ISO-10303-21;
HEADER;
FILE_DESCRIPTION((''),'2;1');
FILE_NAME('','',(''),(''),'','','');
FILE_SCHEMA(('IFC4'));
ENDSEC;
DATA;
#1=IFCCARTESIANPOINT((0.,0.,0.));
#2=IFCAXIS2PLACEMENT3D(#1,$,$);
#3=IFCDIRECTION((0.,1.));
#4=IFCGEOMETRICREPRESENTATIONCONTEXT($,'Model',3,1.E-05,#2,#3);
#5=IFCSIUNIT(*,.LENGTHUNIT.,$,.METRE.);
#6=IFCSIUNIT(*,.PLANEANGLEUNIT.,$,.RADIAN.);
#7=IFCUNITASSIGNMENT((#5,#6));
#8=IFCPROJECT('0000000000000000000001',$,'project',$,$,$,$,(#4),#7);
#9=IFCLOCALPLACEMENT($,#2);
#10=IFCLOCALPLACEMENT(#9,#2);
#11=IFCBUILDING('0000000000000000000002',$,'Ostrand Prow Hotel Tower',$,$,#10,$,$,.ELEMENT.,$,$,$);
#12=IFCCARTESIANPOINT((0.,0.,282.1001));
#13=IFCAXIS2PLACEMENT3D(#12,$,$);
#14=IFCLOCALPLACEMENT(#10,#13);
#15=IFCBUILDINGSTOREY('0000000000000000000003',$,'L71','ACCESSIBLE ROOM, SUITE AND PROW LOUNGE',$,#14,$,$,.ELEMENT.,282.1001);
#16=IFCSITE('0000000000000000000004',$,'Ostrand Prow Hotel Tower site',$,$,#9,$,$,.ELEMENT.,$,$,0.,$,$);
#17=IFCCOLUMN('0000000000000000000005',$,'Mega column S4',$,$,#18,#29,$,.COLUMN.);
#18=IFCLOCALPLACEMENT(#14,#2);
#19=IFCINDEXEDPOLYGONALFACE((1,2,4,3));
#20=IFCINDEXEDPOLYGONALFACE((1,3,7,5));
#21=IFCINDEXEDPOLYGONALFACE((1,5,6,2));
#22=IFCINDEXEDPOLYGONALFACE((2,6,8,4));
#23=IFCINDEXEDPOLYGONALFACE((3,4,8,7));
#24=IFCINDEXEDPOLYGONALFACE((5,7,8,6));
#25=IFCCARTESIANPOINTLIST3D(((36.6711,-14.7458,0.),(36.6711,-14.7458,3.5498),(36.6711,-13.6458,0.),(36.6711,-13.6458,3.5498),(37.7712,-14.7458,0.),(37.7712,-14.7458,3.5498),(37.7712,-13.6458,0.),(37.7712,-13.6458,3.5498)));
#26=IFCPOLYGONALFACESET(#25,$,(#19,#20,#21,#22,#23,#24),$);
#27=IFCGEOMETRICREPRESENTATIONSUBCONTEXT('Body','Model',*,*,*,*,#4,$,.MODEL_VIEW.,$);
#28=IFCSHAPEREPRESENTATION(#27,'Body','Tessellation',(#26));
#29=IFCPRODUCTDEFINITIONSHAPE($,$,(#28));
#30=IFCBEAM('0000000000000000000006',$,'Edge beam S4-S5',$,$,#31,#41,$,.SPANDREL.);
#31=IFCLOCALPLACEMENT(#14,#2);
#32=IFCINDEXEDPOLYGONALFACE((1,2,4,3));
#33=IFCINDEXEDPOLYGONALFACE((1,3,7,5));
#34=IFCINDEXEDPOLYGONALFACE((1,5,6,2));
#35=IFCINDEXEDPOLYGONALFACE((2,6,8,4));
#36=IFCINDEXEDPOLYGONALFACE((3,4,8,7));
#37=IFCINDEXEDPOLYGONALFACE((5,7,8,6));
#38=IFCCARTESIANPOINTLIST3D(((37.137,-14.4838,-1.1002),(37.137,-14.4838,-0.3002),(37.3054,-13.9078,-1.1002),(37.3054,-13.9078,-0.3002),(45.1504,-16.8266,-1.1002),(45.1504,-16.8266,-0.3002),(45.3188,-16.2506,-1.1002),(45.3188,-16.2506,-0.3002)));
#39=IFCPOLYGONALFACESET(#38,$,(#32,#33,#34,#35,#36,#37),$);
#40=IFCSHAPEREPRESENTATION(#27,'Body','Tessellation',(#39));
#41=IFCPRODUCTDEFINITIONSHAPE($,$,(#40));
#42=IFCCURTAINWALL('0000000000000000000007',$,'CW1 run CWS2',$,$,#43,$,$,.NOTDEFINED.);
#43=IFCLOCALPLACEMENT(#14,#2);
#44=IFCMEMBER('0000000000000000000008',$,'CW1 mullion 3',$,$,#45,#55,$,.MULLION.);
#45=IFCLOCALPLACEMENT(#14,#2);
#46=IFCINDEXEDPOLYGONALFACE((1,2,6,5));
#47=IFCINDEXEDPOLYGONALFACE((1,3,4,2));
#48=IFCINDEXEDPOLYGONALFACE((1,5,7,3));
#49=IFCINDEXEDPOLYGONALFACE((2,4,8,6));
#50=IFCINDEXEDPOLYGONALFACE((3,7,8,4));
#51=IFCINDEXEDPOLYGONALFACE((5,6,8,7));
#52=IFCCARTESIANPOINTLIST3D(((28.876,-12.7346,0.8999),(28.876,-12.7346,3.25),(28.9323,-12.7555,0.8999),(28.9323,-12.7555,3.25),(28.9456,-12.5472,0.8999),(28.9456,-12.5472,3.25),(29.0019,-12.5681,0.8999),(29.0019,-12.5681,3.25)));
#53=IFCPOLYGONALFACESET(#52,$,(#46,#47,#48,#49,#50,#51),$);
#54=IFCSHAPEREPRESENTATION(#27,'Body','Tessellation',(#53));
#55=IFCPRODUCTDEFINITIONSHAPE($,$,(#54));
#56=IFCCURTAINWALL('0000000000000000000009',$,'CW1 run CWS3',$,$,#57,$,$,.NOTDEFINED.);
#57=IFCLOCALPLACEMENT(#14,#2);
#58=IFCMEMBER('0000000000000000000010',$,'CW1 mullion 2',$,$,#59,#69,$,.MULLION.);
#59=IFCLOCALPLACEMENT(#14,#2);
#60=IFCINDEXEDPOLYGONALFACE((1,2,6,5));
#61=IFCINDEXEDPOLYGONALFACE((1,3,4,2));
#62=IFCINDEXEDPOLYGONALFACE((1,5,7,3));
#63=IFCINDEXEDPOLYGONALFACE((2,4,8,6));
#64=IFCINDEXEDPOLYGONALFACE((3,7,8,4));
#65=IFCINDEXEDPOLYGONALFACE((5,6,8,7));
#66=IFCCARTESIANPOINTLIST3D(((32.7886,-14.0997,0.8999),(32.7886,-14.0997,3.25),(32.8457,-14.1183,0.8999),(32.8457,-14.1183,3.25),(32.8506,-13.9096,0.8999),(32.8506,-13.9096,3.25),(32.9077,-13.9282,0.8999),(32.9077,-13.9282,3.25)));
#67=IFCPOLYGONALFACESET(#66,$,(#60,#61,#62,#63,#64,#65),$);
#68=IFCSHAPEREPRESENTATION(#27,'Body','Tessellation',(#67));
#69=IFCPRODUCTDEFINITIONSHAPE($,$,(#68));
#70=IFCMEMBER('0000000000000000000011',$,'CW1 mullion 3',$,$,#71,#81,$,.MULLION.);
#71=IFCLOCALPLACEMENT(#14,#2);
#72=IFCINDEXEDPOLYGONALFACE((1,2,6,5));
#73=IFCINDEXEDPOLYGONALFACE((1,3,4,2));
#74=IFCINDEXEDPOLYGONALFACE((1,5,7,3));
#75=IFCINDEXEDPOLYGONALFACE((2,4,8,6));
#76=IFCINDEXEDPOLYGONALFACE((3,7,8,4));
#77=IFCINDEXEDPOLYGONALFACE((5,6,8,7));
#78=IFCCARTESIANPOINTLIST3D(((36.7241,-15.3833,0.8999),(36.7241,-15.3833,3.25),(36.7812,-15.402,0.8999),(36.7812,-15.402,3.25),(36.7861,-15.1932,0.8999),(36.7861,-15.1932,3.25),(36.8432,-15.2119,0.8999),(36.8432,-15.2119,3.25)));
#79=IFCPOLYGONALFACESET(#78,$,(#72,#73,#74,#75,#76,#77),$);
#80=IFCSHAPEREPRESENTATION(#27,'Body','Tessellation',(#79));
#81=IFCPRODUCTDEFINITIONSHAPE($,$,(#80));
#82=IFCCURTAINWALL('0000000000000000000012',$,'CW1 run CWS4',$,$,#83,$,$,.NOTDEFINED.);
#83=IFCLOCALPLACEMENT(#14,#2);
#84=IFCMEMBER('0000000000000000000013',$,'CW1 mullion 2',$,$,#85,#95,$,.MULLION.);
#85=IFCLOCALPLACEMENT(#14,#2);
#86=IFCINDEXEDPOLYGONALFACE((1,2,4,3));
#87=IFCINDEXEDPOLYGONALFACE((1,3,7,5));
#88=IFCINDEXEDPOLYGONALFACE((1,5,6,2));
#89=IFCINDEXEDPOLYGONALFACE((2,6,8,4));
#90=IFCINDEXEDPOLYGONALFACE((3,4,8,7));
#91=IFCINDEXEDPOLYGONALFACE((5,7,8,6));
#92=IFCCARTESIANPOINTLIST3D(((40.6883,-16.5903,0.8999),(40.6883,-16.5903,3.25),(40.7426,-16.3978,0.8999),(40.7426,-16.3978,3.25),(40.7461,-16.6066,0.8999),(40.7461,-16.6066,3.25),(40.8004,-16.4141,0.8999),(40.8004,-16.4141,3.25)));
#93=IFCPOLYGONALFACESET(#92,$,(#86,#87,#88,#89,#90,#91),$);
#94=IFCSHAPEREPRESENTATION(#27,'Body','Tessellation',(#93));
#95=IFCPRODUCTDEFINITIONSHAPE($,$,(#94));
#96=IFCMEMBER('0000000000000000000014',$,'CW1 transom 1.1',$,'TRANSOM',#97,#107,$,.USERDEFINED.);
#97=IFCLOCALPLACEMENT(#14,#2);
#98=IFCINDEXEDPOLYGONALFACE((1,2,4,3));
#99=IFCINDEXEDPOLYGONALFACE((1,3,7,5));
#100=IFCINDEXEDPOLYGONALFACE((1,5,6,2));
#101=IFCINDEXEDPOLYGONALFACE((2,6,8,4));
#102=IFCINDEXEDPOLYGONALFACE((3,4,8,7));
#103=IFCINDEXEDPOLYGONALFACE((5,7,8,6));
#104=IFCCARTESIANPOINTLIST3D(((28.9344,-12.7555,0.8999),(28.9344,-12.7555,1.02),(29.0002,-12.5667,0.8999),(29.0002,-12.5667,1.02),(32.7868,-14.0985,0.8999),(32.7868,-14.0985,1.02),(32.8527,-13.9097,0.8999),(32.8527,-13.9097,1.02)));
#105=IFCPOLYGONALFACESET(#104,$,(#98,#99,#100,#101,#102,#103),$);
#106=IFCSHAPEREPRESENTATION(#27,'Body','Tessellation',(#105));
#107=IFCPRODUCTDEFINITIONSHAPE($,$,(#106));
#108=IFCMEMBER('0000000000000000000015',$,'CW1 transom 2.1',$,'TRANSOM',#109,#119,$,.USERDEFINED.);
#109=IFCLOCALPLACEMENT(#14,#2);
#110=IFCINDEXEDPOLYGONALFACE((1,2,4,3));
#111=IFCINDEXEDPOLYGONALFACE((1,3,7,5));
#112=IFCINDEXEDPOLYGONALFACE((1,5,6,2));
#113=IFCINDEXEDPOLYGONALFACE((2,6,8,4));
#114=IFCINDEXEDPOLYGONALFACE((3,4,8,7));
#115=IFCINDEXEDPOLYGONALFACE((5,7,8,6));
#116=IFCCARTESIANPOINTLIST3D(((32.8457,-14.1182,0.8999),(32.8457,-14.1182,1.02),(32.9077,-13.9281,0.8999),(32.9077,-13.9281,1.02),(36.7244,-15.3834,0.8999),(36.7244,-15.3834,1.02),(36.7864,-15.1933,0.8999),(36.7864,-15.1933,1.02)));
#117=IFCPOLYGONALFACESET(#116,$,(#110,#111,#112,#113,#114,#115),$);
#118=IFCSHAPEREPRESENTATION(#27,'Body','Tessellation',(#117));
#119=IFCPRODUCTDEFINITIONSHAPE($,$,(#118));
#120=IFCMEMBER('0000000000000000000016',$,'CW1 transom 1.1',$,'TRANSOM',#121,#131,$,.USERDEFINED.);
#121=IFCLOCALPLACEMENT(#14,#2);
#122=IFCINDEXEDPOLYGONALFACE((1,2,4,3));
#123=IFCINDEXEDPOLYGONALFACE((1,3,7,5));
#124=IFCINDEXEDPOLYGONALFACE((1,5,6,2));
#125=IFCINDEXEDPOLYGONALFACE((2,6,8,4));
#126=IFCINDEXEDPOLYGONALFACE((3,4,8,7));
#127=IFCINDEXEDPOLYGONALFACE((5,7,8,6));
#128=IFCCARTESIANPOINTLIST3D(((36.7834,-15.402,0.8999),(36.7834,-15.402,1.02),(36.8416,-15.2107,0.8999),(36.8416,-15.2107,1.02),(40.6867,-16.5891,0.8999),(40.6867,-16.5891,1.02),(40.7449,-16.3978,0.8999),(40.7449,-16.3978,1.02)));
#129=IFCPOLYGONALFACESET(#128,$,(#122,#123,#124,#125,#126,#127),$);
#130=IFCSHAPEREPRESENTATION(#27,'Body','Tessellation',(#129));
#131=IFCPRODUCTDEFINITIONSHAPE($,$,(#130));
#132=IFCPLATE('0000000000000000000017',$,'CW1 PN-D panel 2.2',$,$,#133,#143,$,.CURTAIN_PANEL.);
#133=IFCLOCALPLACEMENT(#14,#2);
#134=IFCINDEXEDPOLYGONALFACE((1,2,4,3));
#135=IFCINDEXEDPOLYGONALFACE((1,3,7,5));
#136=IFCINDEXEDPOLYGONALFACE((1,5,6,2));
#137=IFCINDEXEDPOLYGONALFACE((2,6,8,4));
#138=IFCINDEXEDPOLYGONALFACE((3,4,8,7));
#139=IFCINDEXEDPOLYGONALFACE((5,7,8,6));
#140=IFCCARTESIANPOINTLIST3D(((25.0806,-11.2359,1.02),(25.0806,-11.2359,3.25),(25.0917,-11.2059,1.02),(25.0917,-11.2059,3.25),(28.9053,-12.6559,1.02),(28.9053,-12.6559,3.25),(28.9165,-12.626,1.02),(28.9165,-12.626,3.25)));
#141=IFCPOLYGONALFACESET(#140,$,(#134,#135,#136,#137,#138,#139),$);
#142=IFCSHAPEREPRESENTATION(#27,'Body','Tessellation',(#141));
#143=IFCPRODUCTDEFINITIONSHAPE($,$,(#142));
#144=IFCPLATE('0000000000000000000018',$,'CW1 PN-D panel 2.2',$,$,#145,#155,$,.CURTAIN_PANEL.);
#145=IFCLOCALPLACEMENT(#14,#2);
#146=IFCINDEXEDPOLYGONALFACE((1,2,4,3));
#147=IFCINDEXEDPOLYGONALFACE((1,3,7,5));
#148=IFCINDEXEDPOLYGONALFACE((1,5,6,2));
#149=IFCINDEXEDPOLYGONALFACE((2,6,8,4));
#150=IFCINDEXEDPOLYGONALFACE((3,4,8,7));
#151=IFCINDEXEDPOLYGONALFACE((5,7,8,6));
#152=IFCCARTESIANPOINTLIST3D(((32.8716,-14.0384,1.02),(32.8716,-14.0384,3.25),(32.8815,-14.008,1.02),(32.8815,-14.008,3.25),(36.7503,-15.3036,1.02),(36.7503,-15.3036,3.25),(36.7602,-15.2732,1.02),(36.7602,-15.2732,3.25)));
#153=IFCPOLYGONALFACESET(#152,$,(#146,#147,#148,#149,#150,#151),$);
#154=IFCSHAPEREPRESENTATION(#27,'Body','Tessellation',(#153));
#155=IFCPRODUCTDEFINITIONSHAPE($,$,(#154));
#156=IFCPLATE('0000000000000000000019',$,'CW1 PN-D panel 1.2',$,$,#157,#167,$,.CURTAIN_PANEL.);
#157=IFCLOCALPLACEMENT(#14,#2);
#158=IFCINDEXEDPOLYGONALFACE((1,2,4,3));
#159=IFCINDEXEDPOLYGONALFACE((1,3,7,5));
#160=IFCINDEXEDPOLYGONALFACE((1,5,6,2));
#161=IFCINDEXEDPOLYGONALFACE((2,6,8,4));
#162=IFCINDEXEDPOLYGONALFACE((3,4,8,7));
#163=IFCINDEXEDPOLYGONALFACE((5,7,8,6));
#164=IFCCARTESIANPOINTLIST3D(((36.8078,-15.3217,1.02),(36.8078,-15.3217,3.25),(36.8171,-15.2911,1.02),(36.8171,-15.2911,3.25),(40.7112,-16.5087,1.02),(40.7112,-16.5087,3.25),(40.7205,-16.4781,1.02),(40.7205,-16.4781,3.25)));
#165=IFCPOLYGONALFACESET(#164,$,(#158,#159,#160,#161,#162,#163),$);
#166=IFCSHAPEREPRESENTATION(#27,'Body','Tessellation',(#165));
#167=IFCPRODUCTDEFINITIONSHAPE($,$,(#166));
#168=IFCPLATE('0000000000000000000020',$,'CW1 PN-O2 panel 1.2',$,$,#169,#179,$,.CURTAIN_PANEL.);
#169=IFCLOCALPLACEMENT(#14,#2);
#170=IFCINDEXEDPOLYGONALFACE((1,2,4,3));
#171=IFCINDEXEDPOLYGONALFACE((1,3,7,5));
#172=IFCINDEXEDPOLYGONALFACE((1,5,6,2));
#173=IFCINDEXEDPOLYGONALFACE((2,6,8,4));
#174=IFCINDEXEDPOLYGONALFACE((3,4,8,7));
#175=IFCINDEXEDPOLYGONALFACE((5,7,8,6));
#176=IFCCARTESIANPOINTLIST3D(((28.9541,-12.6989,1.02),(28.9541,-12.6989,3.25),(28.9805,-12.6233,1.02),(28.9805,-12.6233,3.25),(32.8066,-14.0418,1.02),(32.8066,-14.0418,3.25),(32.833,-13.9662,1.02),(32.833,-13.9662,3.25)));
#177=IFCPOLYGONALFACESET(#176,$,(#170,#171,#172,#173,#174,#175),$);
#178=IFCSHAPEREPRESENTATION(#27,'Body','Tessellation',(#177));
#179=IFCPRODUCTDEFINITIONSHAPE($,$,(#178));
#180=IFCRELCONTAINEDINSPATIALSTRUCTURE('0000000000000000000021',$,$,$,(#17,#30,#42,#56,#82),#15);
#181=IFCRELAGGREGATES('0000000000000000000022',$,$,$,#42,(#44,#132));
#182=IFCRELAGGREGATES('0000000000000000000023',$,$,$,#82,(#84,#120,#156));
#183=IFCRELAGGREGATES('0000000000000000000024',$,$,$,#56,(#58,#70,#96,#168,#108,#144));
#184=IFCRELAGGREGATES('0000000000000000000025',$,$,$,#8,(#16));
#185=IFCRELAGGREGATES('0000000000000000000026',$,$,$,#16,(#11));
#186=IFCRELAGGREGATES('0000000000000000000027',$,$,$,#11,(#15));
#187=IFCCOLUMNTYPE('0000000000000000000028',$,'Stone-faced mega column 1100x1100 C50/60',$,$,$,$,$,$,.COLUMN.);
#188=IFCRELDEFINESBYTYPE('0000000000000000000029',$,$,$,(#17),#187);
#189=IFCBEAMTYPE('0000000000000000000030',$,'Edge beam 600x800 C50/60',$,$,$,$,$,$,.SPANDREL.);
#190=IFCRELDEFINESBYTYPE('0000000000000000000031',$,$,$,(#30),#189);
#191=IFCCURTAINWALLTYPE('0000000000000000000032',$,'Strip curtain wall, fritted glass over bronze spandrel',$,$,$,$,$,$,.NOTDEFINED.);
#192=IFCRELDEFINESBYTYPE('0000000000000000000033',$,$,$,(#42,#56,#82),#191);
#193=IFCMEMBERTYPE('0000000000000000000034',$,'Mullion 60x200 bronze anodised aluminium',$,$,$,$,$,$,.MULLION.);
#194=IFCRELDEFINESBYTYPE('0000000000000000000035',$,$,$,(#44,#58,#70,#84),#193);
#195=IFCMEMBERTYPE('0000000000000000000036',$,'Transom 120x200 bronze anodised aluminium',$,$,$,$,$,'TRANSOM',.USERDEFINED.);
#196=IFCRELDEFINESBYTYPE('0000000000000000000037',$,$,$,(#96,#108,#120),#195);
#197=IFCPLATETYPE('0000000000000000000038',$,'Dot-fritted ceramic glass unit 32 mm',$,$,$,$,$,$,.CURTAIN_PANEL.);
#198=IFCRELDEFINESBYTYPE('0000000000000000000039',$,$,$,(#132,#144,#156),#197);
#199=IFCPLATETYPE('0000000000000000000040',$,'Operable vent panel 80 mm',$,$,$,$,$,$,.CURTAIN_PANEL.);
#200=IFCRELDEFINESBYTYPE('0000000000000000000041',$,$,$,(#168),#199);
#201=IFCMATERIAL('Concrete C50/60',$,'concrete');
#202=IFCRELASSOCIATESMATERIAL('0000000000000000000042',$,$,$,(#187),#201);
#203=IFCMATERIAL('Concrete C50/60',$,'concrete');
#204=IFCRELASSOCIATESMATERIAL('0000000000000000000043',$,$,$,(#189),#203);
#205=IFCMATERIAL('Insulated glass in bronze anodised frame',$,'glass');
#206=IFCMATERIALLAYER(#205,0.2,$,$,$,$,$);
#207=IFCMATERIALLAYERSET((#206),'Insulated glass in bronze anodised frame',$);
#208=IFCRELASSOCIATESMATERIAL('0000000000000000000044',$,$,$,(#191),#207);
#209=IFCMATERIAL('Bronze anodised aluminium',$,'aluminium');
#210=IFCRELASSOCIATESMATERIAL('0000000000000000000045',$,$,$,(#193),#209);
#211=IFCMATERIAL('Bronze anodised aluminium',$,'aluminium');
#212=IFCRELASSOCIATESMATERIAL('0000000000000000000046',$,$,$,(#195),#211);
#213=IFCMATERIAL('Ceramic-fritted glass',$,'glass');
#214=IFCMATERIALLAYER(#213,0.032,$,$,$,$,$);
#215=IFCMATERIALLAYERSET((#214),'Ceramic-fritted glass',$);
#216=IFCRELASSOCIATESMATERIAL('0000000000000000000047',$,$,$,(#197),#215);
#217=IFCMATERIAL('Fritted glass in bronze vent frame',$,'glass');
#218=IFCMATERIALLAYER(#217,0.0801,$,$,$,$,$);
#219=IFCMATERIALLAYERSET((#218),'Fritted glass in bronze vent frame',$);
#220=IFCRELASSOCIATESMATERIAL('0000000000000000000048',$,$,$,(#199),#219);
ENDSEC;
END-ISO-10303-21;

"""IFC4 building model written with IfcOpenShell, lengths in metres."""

from ifc_helpers import new_model, si_unit, direction, frame, origin, origin_2d, place, context, subcontext, project, spatial, rectangle, extrude, material, layer, layer_set, material_profile, profile_set, type_object, element, aggregate, save


model = new_model("IFC4")

# Units and contexts
model_context = context("Model", 3, precision=1e-05, world=origin(), true_north=direction((0.0, 1.0)))
body_context = subcontext(model_context, "Body", "Model", "MODEL_VIEW")
ifc_project = project(units=[si_unit("LENGTHUNIT", "METRE"), si_unit("PLANEANGLEUNIT", "RADIAN")], contexts=[model_context])

# Site, building, storey
site_placement = place(None, origin())
site = spatial("IfcSite", under=ifc_project, at=site_placement, Name="Ostrand Prow Hotel Tower site", CompositionType="ELEMENT", RefElevation=0.0)
building_placement = place(site_placement, origin())
building = spatial("IfcBuilding", under=site, at=building_placement, Name="Ostrand Prow Hotel Tower", CompositionType="ELEMENT")
storey_placement = place(building_placement, frame((0.0, 0.0, 282.1001)))
storey = spatial("IfcBuildingStorey", under=building, at=storey_placement, Name="L71", Description="ACCESSIBLE ROOM, SUITE AND PROW LOUNGE", CompositionType="ELEMENT", Elevation=282.1001)

# Column
ifc_material_1 = material(Name="Concrete C50/60", Category="concrete")
ifc_material_profile_1 = material_profile(ifc_material_1, rectangle(XDim=1.1001, YDim=1.1001, at=origin_2d()), Name="RC 1100x1100")
ifc_profile_set_1 = profile_set([ifc_material_profile_1], Name="Concrete C50/60")
column_type = type_object("IfcColumnType", Name="Stone-faced mega column 1100x1100 C50/60", PredefinedType="COLUMN", material=ifc_profile_set_1)
column_placement = place(storey_placement, frame((37.2212, -14.1958, 0.0), z_axis=(0.0, 0.0, 1.0), x_axis=(1.0, 0.0, 0.0)))
element("IfcColumn", 1, at=column_placement, inside=storey, type_object=column_type, Name="Mega column S4", PredefinedType="COLUMN", context=body_context, shape_type="SweptSolid", body=[
    extrude(rectangle(XDim=1.1001, YDim=1.1001, at=origin_2d()), origin(), (0.0, 0.0, 1.0), 3.5498),
])

# Beam
ifc_material_2 = material(Name="Concrete C50/60", Category="concrete")
ifc_material_profile_2 = material_profile(ifc_material_2, rectangle(XDim=0.6001, YDim=0.8, at=origin_2d()), Name="RC 600x800")
ifc_profile_set_2 = profile_set([ifc_material_profile_2], Name="Concrete C50/60")
beam_type = type_object("IfcBeamType", Name="Edge beam 600x800 C50/60", PredefinedType="SPANDREL", material=ifc_profile_set_2)
beam_placement = place(storey_placement, frame((37.2212, -14.1958, -0.7002), z_axis=(0.959822, -0.28061, 0.0), x_axis=(0.28061, 0.959822, 0.0)))
element("IfcBeam", 2, at=beam_placement, inside=storey, type_object=beam_type, Name="Edge beam S4-S5", PredefinedType="SPANDREL", context=body_context, shape_type="SweptSolid", body=[
    extrude(rectangle(XDim=0.6001, YDim=0.8, at=origin_2d()), origin(), (0.0, 0.0, 1.0), 8.3489),
])

# Curtain wall, member
ifc_material_3 = material(Name="Insulated glass in bronze anodised frame", Category="glass")
ifc_layer_1 = layer(ifc_material_3, 0.2)
ifc_layer_set_1 = layer_set([ifc_layer_1], Name="Insulated glass in bronze anodised frame")
curtain_wall_type = type_object("IfcCurtainWallType", Name="Strip curtain wall, fritted glass over bronze spandrel", PredefinedType="NOTDEFINED", material=ifc_layer_set_1)
curtain_wall_1_placement = place(storey_placement, origin())
curtain_wall_1 = element("IfcCurtainWall", 3, at=curtain_wall_1_placement, inside=storey, type_object=curtain_wall_type, Name="CW1 run CWS2", PredefinedType="NOTDEFINED")
ifc_material_4 = material(Name="Bronze anodised aluminium", Category="aluminium")
ifc_material_profile_3 = material_profile(ifc_material_4, rectangle(XDim=0.2, YDim=0.0601, at=origin_2d()), Name="Mullion 60x200 bronze anodised aluminium")
ifc_profile_set_3 = profile_set([ifc_material_profile_3], Name="Bronze anodised aluminium")
member_type_1 = type_object("IfcMemberType", Name="Mullion 60x200 bronze anodised aluminium", PredefinedType="MULLION", material=ifc_profile_set_3)
member_1_placement = place(storey_placement, frame((28.939, -12.6514, 0.8999), z_axis=(0.0, 0.0, 1.0), x_axis=(0.348071, 0.937468, 0.0)))
member_1 = element("IfcMember", 4, at=member_1_placement, type_object=member_type_1, Name="CW1 mullion 3", PredefinedType="MULLION", context=body_context, shape_type="SweptSolid", body=[
    extrude(rectangle(XDim=0.2, YDim=0.0601, at=origin_2d()), origin(), (0.0, 0.0, 1.0), 2.3501),
])

# Curtain wall, members
curtain_wall_2_placement = place(storey_placement, origin())
curtain_wall_2 = element("IfcCurtainWall", 5, at=curtain_wall_2_placement, inside=storey, type_object=curtain_wall_type, Name="CW1 run CWS3", PredefinedType="NOTDEFINED")
member_2_placement = place(storey_placement, frame((32.8481, -14.0139, 0.8999), z_axis=(0.0, 0.0, 1.0), x_axis=(0.310111, 0.9507, 0.0)))
member_2 = element("IfcMember", 6, at=member_2_placement, type_object=member_type_1, Name="CW1 mullion 2", PredefinedType="MULLION", context=body_context, shape_type="SweptSolid", body=[
    extrude(rectangle(XDim=0.2, YDim=0.0601, at=origin_2d()), origin(), (0.0, 0.0, 1.0), 2.3501),
])
member_3_placement = place(storey_placement, frame((36.7837, -15.2976, 0.8999), z_axis=(0.0, 0.0, 1.0), x_axis=(0.310111, 0.9507, 0.0)))
member_3 = element("IfcMember", 7, at=member_3_placement, type_object=member_type_1, Name="CW1 mullion 3", PredefinedType="MULLION", context=body_context, shape_type="SweptSolid", body=[
    extrude(rectangle(XDim=0.2, YDim=0.0601, at=origin_2d()), origin(), (0.0, 0.0, 1.0), 2.3501),
])

# Curtain wall, member
curtain_wall_3_placement = place(storey_placement, origin())
curtain_wall_3 = element("IfcCurtainWall", 8, at=curtain_wall_3_placement, inside=storey, type_object=curtain_wall_type, Name="CW1 run CWS4", PredefinedType="NOTDEFINED")
member_4_placement = place(storey_placement, frame((40.7444, -16.5022, 0.8999), z_axis=(0.0, 0.0, 1.0), x_axis=(0.271649, 0.962396, 0.0)))
member_4 = element("IfcMember", 9, at=member_4_placement, type_object=member_type_1, Name="CW1 mullion 2", PredefinedType="MULLION", context=body_context, shape_type="SweptSolid", body=[
    extrude(rectangle(XDim=0.2, YDim=0.0601, at=origin_2d()), origin(), (0.0, 0.0, 1.0), 2.3501),
])

# Members
ifc_material_5 = material(Name="Bronze anodised aluminium", Category="aluminium")
ifc_material_profile_4 = material_profile(ifc_material_5, rectangle(XDim=0.2, YDim=0.1201, at=origin_2d()), Name="Transom 120x200 bronze anodised aluminium")
ifc_profile_set_4 = profile_set([ifc_material_profile_4], Name="Bronze anodised aluminium")
member_type_2 = type_object("IfcMemberType", Name="Transom 120x200 bronze anodised aluminium", ElementType="TRANSOM", PredefinedType="USERDEFINED", material=ifc_profile_set_4)
member_5_placement = place(storey_placement, frame((28.9673, -12.6611, 0.96), z_axis=(0.944268, -0.329177, 0.0), x_axis=(0.329177, 0.944268, 0.0)))
member_5 = element("IfcMember", 10, at=member_5_placement, type_object=member_type_2, Name="CW1 transom 1.1", ObjectType="TRANSOM", PredefinedType="USERDEFINED", context=body_context, shape_type="SweptSolid", body=[
    extrude(rectangle(XDim=0.2, YDim=0.1201, at=origin_2d()), origin(), (0.0, 0.0, 1.0), 4.0798),
])
member_6_placement = place(storey_placement, frame((32.8767, -14.0232, 0.96), z_axis=(0.950704, -0.310099, 0.0), x_axis=(0.310099, 0.950704, 0.0)))
member_6 = element("IfcMember", 11, at=member_6_placement, type_object=member_type_2, Name="CW1 transom 2.1", ObjectType="TRANSOM", PredefinedType="USERDEFINED", context=body_context, shape_type="SweptSolid", body=[
    extrude(rectangle(XDim=0.2, YDim=0.1201, at=origin_2d()), origin(), (0.0, 0.0, 1.0), 4.0798),
])
member_7_placement = place(storey_placement, frame((36.8125, -15.3064, 0.96), z_axis=(0.956739, -0.290947, 0.0), x_axis=(0.290947, 0.956739, 0.0)))
member_7 = element("IfcMember", 12, at=member_7_placement, type_object=member_type_2, Name="CW1 transom 1.1", ObjectType="TRANSOM", PredefinedType="USERDEFINED", context=body_context, shape_type="SweptSolid", body=[
    extrude(rectangle(XDim=0.2, YDim=0.1201, at=origin_2d()), origin(), (0.0, 0.0, 1.0), 4.0798),
])

# Plates
ifc_material_6 = material(Name="Ceramic-fritted glass", Category="glass")
ifc_layer_2 = layer(ifc_material_6, 0.032)
ifc_layer_set_2 = layer_set([ifc_layer_2], Name="Ceramic-fritted glass")
plate_type_1 = type_object("IfcPlateType", Name="Dot-fritted ceramic glass unit 32 mm", PredefinedType="CURTAIN_PANEL", material=ifc_layer_set_2)
plate_1_placement = place(storey_placement, frame((26.9985, -11.9309, 1.02), z_axis=(0.0, 0.0, 1.0), x_axis=(0.937468, -0.348071, 0.0)))
plate_1 = element("IfcPlate", 13, at=plate_1_placement, type_object=plate_type_1, Name="CW1 PN-D panel 2.2", PredefinedType="CURTAIN_PANEL", context=body_context, shape_type="SweptSolid", body=[
    extrude(rectangle(XDim=4.0798, YDim=0.032, at=origin_2d()), origin(), (0.0, 0.0, 1.0), 2.23),
])
aggregate(curtain_wall_1, [member_1, plate_1])
plate_2_placement = place(storey_placement, frame((34.8159, -14.6558, 1.02), z_axis=(0.0, 0.0, 1.0), x_axis=(0.9507, -0.310111, 0.0)))
plate_2 = element("IfcPlate", 14, at=plate_2_placement, type_object=plate_type_1, Name="CW1 PN-D panel 2.2", PredefinedType="CURTAIN_PANEL", context=body_context, shape_type="SweptSolid", body=[
    extrude(rectangle(XDim=4.0798, YDim=0.032, at=origin_2d()), origin(), (0.0, 0.0, 1.0), 2.23),
])
plate_3_placement = place(storey_placement, frame((38.7642, -15.8999, 1.02), z_axis=(0.0, 0.0, 1.0), x_axis=(0.956742, -0.290938, 0.0)))
plate_3 = element("IfcPlate", 15, at=plate_3_placement, type_object=plate_type_1, Name="CW1 PN-D panel 1.2", PredefinedType="CURTAIN_PANEL", context=body_context, shape_type="SweptSolid", body=[
    extrude(rectangle(XDim=4.0798, YDim=0.032, at=origin_2d()), origin(), (0.0, 0.0, 1.0), 2.23),
])
aggregate(curtain_wall_3, [member_4, member_7, plate_3])
ifc_material_7 = material(Name="Fritted glass in bronze vent frame", Category="glass")
ifc_layer_3 = layer(ifc_material_7, 0.0801)
ifc_layer_set_3 = layer_set([ifc_layer_3], Name="Fritted glass in bronze vent frame")
plate_type_2 = type_object("IfcPlateType", Name="Operable vent panel 80 mm", PredefinedType="CURTAIN_PANEL", material=ifc_layer_set_3)
plate_4_placement = place(storey_placement, frame((30.8936, -13.3325, 1.02), z_axis=(0.0, 0.0, 1.0), x_axis=(0.944275, -0.329158, 0.0)))
plate_4 = element("IfcPlate", 16, at=plate_4_placement, type_object=plate_type_2, Name="CW1 PN-O2 panel 1.2", PredefinedType="CURTAIN_PANEL", context=body_context, shape_type="SweptSolid", body=[
    extrude(rectangle(XDim=4.0798, YDim=0.0801, at=origin_2d()), origin(), (0.0, 0.0, 1.0), 2.23),
])
aggregate(curtain_wall_2, [member_2, member_3, member_5, plate_4, member_6, plate_2])

save(model, "model.ifc")
